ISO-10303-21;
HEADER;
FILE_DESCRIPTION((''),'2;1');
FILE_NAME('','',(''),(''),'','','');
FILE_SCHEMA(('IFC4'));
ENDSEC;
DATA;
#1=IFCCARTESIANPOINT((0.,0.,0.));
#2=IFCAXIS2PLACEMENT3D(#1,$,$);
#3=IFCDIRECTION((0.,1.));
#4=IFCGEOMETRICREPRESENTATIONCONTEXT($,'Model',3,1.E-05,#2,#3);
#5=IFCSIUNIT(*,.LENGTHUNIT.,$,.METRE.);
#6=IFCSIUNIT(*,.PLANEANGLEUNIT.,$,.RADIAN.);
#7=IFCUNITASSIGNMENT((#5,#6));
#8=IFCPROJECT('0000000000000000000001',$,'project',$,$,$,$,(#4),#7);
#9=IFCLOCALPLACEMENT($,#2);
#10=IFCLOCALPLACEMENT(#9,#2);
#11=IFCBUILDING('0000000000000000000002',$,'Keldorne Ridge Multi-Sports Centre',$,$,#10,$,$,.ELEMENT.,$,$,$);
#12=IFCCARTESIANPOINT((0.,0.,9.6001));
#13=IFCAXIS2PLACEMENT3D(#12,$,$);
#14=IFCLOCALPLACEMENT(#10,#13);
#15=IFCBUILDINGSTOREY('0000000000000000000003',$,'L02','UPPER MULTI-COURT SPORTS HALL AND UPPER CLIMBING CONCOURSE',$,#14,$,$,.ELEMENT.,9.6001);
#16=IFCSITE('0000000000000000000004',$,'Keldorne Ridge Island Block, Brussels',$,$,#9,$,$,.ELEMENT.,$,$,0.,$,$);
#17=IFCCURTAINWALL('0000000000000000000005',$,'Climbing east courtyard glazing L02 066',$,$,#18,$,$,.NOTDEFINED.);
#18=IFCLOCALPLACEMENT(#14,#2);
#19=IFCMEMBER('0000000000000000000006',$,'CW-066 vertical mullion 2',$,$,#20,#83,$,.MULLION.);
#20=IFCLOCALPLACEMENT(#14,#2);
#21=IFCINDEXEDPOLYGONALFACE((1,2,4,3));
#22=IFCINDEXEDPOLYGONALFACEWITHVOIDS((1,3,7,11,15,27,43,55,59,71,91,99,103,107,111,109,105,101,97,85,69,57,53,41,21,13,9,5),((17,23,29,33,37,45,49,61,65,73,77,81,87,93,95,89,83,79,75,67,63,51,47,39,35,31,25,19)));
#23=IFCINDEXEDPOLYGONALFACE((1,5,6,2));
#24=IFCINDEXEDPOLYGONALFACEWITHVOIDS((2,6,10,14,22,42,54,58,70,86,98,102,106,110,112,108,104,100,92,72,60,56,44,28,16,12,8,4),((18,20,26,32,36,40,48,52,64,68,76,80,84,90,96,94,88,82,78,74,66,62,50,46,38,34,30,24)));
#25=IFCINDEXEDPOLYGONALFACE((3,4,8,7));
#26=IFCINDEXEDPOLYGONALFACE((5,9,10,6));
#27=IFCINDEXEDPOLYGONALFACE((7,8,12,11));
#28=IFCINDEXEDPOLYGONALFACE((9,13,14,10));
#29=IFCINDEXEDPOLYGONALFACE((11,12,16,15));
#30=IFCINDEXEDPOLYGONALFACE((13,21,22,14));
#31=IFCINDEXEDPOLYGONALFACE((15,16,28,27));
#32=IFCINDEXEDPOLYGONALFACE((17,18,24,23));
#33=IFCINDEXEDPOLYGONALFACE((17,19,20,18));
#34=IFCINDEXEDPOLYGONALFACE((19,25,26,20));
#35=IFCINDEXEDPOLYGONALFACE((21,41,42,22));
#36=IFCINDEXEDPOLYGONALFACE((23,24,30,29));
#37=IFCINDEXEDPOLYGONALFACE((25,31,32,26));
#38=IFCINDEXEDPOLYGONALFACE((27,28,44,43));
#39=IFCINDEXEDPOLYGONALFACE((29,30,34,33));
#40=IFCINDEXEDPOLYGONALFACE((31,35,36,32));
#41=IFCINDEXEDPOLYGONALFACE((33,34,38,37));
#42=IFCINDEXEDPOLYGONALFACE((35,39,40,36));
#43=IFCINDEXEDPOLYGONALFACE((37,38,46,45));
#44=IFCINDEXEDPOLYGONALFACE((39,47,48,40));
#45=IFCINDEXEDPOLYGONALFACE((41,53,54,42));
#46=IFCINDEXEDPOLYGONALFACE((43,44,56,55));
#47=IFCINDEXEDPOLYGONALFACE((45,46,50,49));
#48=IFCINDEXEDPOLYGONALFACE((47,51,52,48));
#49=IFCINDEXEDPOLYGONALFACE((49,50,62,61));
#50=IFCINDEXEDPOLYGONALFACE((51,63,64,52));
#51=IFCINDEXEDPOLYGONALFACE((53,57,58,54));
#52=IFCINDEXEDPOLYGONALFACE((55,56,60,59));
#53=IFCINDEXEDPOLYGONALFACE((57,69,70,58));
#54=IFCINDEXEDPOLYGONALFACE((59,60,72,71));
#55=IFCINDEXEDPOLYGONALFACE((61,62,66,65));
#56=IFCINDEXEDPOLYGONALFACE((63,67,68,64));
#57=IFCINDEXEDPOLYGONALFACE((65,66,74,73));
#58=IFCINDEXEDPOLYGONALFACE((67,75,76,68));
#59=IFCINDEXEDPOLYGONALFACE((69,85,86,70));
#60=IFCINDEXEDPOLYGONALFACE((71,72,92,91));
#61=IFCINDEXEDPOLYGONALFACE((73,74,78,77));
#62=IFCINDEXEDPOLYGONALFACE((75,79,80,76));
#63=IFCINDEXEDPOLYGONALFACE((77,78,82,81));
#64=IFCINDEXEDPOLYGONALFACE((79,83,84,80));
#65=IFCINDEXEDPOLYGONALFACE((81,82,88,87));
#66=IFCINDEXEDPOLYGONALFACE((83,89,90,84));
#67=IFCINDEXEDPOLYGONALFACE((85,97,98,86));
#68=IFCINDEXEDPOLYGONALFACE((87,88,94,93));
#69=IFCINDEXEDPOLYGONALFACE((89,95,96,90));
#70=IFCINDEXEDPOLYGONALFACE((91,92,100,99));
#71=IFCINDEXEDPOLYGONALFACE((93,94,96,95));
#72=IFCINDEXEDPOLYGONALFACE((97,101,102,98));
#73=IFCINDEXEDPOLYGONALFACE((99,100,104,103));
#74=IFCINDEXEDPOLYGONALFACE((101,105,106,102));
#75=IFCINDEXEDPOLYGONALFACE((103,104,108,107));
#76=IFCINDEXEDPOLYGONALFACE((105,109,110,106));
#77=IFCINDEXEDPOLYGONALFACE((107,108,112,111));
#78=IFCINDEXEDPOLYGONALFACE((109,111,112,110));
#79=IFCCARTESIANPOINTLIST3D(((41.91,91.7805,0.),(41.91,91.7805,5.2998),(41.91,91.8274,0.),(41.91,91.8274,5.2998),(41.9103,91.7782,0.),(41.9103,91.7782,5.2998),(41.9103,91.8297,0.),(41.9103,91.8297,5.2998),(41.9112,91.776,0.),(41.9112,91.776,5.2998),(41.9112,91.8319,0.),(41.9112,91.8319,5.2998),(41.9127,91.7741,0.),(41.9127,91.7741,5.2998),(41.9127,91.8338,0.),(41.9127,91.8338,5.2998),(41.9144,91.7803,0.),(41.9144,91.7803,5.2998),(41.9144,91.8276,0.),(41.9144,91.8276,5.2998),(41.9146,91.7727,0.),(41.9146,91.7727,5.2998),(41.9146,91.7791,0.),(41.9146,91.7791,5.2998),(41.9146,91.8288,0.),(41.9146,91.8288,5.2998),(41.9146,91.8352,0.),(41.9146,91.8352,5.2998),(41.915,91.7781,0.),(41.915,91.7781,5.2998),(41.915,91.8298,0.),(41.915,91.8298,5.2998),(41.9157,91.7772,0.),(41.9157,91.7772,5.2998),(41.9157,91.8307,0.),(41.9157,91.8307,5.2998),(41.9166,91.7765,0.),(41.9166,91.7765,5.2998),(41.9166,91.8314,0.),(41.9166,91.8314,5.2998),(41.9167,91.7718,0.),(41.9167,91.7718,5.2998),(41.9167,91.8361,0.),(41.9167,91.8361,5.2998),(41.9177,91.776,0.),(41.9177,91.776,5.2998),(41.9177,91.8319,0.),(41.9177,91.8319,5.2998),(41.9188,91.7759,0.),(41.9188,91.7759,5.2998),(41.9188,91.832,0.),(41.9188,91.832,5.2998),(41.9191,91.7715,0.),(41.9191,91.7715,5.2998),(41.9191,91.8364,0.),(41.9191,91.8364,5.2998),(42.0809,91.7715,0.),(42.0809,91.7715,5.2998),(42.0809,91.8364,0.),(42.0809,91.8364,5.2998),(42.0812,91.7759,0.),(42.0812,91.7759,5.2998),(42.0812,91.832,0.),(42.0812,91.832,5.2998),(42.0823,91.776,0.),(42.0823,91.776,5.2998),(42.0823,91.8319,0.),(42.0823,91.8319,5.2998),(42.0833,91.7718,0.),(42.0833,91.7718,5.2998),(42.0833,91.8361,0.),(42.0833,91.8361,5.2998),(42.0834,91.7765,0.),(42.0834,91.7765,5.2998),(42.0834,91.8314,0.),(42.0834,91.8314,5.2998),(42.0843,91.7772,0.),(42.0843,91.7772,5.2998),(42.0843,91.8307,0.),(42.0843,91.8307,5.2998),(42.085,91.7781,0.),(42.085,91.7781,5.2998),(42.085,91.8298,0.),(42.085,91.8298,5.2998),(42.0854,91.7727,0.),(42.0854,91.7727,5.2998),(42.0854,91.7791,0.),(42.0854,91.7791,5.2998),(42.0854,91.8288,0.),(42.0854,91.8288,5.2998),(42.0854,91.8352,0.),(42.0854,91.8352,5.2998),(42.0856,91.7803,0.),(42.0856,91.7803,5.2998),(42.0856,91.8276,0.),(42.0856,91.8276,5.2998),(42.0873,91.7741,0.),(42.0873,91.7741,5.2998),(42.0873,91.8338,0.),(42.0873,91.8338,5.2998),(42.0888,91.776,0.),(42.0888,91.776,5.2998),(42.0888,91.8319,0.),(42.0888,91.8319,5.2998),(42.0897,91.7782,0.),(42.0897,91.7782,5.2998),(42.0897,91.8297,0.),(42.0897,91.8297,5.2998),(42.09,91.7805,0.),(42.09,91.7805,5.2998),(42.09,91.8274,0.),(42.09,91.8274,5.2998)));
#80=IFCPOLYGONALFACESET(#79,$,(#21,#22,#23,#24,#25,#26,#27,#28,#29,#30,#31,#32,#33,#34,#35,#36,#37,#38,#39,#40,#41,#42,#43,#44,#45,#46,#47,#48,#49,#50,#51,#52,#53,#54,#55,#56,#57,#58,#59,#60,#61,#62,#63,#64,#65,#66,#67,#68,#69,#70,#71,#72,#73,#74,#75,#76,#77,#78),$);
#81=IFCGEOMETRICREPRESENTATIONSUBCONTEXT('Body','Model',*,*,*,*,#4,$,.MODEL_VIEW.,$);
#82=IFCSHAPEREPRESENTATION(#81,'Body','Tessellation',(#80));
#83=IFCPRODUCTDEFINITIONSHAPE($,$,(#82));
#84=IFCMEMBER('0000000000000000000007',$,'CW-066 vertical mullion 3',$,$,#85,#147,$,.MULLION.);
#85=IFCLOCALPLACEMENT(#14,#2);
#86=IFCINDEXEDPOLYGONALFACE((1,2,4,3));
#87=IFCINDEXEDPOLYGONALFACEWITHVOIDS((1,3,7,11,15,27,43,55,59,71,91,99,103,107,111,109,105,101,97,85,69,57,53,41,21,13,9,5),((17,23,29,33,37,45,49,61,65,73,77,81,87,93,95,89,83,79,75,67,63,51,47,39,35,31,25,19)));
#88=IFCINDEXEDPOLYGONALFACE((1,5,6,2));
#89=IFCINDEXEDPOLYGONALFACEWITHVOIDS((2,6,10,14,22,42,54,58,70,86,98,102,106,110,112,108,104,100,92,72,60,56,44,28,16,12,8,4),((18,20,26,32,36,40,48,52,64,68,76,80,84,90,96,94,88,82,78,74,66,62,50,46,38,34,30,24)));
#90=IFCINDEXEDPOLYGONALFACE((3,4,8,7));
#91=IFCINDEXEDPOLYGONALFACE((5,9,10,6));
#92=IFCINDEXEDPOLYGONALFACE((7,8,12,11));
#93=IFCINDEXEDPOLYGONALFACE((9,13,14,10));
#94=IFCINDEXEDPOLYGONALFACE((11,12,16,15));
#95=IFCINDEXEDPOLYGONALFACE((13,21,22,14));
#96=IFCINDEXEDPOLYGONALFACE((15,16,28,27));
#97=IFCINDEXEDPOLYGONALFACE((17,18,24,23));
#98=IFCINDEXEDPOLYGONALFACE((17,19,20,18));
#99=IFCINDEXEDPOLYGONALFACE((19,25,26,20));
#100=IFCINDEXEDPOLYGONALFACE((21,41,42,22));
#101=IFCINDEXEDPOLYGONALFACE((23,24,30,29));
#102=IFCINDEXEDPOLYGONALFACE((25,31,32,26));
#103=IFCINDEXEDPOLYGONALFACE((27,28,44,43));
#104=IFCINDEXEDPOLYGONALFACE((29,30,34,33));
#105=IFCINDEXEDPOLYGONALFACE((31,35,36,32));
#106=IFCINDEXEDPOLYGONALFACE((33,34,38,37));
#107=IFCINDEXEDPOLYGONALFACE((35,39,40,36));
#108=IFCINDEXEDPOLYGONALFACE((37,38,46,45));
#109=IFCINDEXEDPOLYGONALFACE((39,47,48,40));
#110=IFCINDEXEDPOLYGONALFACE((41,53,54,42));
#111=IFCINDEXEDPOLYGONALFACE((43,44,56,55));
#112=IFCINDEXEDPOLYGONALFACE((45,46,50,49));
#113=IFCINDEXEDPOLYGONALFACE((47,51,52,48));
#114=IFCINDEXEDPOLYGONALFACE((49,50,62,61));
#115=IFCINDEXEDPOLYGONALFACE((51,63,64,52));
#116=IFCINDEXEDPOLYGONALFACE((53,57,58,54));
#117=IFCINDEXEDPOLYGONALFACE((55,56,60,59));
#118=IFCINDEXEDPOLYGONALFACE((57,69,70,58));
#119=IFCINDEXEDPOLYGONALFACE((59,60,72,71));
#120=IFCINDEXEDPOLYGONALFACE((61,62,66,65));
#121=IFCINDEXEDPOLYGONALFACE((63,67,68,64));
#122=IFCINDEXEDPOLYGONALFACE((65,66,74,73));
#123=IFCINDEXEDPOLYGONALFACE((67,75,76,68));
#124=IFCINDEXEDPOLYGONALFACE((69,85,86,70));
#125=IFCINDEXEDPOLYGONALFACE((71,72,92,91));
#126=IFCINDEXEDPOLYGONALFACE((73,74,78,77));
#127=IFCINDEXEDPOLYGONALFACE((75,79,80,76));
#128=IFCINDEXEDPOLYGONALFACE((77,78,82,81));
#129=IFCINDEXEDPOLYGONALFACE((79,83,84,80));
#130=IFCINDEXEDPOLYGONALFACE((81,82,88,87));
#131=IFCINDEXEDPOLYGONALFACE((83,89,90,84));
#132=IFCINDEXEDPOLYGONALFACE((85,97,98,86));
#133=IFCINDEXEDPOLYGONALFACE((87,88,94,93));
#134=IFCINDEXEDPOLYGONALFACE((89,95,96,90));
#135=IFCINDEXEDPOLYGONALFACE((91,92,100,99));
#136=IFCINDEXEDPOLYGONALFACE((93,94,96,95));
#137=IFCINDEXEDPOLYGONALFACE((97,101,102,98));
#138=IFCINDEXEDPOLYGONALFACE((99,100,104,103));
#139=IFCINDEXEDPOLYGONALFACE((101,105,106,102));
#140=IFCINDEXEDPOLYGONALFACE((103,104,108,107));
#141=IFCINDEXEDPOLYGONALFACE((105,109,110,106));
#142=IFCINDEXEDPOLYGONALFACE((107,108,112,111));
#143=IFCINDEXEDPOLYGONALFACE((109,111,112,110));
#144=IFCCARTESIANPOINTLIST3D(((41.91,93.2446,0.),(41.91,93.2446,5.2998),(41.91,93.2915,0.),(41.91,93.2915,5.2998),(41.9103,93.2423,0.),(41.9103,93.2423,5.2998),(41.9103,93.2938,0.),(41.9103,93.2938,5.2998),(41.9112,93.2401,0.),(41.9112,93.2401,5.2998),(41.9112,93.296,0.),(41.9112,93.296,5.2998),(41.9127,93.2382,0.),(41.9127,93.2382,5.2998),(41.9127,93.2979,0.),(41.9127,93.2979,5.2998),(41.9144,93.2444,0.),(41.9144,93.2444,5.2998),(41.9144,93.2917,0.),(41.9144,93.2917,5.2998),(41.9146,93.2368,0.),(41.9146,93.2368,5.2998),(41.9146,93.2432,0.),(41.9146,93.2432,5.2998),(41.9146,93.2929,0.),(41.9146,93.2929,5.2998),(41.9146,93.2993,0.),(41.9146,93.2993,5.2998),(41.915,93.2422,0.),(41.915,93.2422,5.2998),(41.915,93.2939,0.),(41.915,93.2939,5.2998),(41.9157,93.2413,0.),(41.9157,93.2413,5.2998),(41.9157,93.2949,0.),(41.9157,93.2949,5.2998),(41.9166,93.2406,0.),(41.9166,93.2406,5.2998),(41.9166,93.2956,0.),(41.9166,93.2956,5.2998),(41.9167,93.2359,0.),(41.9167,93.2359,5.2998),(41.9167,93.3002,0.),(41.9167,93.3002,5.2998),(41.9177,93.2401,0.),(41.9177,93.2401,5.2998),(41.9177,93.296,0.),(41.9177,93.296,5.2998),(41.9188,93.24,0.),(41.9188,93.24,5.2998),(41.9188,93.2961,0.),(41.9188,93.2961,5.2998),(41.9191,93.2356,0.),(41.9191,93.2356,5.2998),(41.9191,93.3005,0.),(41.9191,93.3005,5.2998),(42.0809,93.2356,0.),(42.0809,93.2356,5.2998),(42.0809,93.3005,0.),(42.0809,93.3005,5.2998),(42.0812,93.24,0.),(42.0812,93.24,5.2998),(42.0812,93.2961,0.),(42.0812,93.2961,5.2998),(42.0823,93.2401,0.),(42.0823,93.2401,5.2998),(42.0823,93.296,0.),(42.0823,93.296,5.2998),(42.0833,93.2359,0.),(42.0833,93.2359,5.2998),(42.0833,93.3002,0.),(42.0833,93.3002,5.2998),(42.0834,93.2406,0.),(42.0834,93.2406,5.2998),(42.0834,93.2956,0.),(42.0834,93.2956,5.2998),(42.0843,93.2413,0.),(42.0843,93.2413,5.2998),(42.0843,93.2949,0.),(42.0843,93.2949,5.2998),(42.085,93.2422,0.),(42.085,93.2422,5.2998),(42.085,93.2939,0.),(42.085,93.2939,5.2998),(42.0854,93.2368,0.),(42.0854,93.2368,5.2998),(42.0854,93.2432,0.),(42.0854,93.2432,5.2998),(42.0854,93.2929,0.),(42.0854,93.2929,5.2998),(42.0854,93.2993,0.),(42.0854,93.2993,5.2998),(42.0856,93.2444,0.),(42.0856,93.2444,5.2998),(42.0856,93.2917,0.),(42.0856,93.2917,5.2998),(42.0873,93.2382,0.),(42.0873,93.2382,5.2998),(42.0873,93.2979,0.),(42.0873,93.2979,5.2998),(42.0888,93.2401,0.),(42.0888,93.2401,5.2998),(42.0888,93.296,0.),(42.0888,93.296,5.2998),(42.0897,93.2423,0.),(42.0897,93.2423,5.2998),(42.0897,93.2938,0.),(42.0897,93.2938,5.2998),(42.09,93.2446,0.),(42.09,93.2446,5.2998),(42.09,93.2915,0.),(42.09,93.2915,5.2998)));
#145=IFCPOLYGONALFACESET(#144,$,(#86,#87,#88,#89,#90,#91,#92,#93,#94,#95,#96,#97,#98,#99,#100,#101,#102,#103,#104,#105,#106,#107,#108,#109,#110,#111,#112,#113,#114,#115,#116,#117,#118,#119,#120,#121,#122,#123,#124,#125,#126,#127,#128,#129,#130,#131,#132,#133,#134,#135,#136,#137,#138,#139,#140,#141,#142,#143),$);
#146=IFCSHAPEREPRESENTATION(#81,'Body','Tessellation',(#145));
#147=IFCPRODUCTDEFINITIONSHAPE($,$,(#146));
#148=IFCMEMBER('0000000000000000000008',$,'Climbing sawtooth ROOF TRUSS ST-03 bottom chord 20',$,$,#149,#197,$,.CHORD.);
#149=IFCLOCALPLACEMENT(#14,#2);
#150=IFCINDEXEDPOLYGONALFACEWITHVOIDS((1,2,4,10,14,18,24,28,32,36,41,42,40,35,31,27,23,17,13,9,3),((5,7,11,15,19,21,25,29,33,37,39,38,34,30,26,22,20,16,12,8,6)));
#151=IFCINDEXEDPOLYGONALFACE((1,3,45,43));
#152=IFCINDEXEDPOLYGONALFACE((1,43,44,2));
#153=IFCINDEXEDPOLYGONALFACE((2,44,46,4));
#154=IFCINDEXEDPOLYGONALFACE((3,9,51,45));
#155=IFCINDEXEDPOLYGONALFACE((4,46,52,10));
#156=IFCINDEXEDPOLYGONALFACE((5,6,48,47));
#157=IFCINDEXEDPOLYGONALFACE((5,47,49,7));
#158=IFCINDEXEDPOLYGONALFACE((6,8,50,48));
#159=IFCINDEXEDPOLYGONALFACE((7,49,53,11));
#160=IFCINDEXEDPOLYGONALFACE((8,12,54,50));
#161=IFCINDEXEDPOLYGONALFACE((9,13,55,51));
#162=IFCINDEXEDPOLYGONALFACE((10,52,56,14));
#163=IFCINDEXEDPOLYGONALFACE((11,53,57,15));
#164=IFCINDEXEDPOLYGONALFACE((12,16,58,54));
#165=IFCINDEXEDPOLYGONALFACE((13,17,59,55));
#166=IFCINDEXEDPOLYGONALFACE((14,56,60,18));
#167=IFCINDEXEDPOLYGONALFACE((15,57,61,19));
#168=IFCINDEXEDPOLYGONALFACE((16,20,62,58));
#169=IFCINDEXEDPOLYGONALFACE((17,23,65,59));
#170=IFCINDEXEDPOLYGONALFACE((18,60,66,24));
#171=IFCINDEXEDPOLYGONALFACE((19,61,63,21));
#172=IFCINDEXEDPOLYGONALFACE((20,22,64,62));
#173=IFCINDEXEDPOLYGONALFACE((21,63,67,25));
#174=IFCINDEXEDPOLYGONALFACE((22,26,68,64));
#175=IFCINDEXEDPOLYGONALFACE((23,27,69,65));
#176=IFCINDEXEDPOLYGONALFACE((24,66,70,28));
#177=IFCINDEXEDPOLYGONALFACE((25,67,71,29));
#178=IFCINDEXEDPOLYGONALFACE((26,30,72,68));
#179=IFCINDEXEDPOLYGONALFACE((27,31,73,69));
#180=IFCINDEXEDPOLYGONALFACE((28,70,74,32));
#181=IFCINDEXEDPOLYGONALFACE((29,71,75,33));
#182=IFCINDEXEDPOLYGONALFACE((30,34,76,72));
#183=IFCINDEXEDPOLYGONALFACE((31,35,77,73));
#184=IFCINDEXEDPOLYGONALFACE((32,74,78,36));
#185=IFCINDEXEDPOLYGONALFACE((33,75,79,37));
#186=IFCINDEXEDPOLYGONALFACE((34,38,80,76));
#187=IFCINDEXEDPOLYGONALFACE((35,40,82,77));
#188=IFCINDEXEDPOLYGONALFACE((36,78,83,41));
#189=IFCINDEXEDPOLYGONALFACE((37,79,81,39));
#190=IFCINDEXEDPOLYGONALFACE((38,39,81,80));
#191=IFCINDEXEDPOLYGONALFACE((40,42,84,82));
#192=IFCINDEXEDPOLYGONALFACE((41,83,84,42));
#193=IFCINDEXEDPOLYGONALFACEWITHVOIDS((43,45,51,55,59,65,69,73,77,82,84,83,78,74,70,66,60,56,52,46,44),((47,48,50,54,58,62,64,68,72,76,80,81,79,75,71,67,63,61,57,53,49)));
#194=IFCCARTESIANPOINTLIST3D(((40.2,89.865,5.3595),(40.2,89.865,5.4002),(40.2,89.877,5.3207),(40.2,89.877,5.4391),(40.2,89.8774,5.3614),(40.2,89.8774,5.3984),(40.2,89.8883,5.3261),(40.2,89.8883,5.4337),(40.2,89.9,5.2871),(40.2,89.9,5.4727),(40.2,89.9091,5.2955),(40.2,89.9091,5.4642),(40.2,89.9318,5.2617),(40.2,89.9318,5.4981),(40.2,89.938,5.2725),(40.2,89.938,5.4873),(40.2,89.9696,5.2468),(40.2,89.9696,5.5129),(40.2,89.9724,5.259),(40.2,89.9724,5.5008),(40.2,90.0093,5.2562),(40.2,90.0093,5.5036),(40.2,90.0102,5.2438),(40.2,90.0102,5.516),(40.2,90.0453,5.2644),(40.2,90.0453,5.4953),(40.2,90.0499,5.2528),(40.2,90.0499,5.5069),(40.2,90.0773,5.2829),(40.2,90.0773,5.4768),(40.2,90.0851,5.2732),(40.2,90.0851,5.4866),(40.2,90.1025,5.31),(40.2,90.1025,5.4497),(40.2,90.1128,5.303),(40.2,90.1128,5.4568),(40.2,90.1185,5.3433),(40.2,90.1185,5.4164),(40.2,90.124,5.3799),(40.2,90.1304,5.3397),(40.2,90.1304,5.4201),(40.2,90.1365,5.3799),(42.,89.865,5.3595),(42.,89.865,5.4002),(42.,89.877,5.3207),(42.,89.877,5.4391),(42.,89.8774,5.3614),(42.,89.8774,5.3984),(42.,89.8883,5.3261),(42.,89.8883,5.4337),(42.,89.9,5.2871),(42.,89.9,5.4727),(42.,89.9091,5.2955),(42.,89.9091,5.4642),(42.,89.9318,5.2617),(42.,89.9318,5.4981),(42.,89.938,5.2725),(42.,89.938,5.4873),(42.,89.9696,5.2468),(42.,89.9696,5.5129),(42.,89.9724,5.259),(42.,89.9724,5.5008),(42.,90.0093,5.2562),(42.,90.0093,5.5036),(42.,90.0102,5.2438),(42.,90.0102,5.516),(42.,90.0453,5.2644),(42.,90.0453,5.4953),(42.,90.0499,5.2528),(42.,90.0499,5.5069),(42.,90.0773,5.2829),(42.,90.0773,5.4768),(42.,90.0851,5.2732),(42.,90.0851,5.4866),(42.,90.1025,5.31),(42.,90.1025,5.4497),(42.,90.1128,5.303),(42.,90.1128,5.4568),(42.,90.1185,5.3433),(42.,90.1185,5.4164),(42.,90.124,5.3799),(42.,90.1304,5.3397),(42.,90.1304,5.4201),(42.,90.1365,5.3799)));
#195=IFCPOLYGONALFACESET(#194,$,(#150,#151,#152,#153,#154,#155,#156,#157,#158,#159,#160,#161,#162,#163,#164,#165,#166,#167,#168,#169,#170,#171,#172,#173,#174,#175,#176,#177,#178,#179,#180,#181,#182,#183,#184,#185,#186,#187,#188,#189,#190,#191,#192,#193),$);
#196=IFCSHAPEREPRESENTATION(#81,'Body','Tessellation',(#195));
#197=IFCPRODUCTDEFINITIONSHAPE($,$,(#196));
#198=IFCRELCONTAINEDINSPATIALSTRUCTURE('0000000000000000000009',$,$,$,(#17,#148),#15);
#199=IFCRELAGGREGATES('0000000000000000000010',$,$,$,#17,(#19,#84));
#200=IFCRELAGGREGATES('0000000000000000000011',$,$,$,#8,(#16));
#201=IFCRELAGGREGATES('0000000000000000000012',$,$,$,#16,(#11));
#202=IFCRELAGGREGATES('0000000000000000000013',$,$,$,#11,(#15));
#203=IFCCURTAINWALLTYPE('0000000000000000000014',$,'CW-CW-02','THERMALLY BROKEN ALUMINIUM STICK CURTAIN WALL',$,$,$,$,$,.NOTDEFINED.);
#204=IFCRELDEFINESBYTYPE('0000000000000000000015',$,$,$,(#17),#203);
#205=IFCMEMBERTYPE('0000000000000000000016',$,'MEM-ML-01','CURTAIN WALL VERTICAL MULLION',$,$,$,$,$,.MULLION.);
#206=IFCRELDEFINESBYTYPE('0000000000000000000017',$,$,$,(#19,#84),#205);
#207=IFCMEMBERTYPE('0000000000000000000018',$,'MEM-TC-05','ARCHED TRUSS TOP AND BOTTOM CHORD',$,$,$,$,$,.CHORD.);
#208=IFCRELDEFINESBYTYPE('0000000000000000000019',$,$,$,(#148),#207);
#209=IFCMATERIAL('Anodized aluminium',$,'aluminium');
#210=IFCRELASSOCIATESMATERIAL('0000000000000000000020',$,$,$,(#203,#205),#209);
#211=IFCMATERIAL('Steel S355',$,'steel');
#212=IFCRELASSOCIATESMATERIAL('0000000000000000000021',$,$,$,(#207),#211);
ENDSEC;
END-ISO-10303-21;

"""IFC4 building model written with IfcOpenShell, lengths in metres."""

from ifc_helpers import new_model, si_unit, direction, frame, origin, origin_2d, place, context, subcontext, project, spatial, hollow_rectangle, hollow_circle, extrude, material, material_profile, profile_set, type_object, element, aggregate, save


model = new_model("IFC4")

# Units and contexts
model_context = context("Model", 3, precision=1e-05, world=origin(), true_north=direction((0.0, 1.0)))
body_context = subcontext(model_context, "Body", "Model", "MODEL_VIEW")
ifc_project = project(units=[si_unit("LENGTHUNIT", "METRE"), si_unit("PLANEANGLEUNIT", "RADIAN")], contexts=[model_context])

# Site, building, storey
site_placement = place(None, origin())
site = spatial("IfcSite", under=ifc_project, at=site_placement, Name="Keldorne Ridge Island Block, Brussels", CompositionType="ELEMENT", RefElevation=0.0)
building_placement = place(site_placement, origin())
building = spatial("IfcBuilding", under=site, at=building_placement, Name="Keldorne Ridge Multi-Sports Centre", CompositionType="ELEMENT")
storey_placement = place(building_placement, frame((0.0, 0.0, 9.6001)))
storey = spatial("IfcBuildingStorey", under=building, at=storey_placement, Name="L02", Description="UPPER MULTI-COURT SPORTS HALL AND UPPER CLIMBING CONCOURSE", CompositionType="ELEMENT", Elevation=9.6001)

# Shared definitions
ifc_material_1 = material(Name="Steel S355", Category="steel")

# Curtain wall, members
ifc_material_2 = material(Name="Anodized aluminium", Category="aluminium")
curtain_wall_type = type_object("IfcCurtainWallType", Name="CW-CW-02", Description="THERMALLY BROKEN ALUMINIUM STICK CURTAIN WALL", PredefinedType="NOTDEFINED", material=ifc_material_2)
curtain_wall_placement = place(storey_placement, origin())
curtain_wall = element("IfcCurtainWall", 1, at=curtain_wall_placement, inside=storey, type_object=curtain_wall_type, Name="Climbing east courtyard glazing L02 066", PredefinedType="NOTDEFINED")
ifc_material_profile_1 = material_profile(ifc_material_2, hollow_rectangle(XDim=0.0649, YDim=0.1799, WallThickness=0.0044, InnerFilletRadius=0.0044, OuterFilletRadius=0.009, at=origin_2d()), Name="ALU MULLION 180x65x4.5")
ifc_profile_set_1 = profile_set([ifc_material_profile_1], Name="Anodized aluminium")
member_type_1 = type_object("IfcMemberType", Name="MEM-ML-01", Description="CURTAIN WALL VERTICAL MULLION", PredefinedType="MULLION", material=ifc_profile_set_1)
member_1_placement = place(storey_placement, frame((42.0, 91.804, 0.0), z_axis=(0.0, 0.0, 1.0), x_axis=(0.0, 1.0, 0.0)))
member_1 = element("IfcMember", 2, at=member_1_placement, type_object=member_type_1, Name="CW-066 vertical mullion 2", PredefinedType="MULLION", context=body_context, shape_type="SweptSolid", body=[
    extrude(hollow_rectangle(XDim=0.0649, YDim=0.1799, WallThickness=0.0044, InnerFilletRadius=0.0044, OuterFilletRadius=0.009, at=origin_2d()), origin(), (0.0, 0.0, 1.0), 5.2998),
])
member_2_placement = place(storey_placement, frame((42.0, 93.2681, 0.0), z_axis=(0.0, 0.0, 1.0), x_axis=(0.0, 1.0, 0.0)))
member_2 = element("IfcMember", 3, at=member_2_placement, type_object=member_type_1, Name="CW-066 vertical mullion 3", PredefinedType="MULLION", context=body_context, shape_type="SweptSolid", body=[
    extrude(hollow_rectangle(XDim=0.0649, YDim=0.1799, WallThickness=0.0044, InnerFilletRadius=0.0044, OuterFilletRadius=0.009, at=origin_2d()), origin(), (0.0, 0.0, 1.0), 5.2998),
])

# Member
ifc_material_profile_2 = material_profile(ifc_material_1, hollow_circle(Radius=0.1365, WallThickness=0.0125, at=origin_2d()), Name="CHS 273x12.5")
ifc_profile_set_2 = profile_set([ifc_material_profile_2], Name="Steel S355")
member_type_2 = type_object("IfcMemberType", Name="MEM-TC-05", Description="ARCHED TRUSS TOP AND BOTTOM CHORD", PredefinedType="CHORD", material=ifc_profile_set_2)
member_3_placement = place(storey_placement, frame((40.2, 90.0, 5.3799), z_axis=(1.0, 0.0, 0.0), x_axis=(0.0, 1.0, 0.0)))
element("IfcMember", 4, at=member_3_placement, inside=storey, type_object=member_type_2, Name="Climbing sawtooth ROOF TRUSS ST-03 bottom chord 20", PredefinedType="CHORD", context=body_context, shape_type="SweptSolid", body=[
    extrude(hollow_circle(Radius=0.1365, WallThickness=0.0125, at=origin_2d()), origin(), (0.0, 0.0, 1.0), 1.8),
])

aggregate(curtain_wall, [member_1, member_2])

save(model, "model.ifc")
